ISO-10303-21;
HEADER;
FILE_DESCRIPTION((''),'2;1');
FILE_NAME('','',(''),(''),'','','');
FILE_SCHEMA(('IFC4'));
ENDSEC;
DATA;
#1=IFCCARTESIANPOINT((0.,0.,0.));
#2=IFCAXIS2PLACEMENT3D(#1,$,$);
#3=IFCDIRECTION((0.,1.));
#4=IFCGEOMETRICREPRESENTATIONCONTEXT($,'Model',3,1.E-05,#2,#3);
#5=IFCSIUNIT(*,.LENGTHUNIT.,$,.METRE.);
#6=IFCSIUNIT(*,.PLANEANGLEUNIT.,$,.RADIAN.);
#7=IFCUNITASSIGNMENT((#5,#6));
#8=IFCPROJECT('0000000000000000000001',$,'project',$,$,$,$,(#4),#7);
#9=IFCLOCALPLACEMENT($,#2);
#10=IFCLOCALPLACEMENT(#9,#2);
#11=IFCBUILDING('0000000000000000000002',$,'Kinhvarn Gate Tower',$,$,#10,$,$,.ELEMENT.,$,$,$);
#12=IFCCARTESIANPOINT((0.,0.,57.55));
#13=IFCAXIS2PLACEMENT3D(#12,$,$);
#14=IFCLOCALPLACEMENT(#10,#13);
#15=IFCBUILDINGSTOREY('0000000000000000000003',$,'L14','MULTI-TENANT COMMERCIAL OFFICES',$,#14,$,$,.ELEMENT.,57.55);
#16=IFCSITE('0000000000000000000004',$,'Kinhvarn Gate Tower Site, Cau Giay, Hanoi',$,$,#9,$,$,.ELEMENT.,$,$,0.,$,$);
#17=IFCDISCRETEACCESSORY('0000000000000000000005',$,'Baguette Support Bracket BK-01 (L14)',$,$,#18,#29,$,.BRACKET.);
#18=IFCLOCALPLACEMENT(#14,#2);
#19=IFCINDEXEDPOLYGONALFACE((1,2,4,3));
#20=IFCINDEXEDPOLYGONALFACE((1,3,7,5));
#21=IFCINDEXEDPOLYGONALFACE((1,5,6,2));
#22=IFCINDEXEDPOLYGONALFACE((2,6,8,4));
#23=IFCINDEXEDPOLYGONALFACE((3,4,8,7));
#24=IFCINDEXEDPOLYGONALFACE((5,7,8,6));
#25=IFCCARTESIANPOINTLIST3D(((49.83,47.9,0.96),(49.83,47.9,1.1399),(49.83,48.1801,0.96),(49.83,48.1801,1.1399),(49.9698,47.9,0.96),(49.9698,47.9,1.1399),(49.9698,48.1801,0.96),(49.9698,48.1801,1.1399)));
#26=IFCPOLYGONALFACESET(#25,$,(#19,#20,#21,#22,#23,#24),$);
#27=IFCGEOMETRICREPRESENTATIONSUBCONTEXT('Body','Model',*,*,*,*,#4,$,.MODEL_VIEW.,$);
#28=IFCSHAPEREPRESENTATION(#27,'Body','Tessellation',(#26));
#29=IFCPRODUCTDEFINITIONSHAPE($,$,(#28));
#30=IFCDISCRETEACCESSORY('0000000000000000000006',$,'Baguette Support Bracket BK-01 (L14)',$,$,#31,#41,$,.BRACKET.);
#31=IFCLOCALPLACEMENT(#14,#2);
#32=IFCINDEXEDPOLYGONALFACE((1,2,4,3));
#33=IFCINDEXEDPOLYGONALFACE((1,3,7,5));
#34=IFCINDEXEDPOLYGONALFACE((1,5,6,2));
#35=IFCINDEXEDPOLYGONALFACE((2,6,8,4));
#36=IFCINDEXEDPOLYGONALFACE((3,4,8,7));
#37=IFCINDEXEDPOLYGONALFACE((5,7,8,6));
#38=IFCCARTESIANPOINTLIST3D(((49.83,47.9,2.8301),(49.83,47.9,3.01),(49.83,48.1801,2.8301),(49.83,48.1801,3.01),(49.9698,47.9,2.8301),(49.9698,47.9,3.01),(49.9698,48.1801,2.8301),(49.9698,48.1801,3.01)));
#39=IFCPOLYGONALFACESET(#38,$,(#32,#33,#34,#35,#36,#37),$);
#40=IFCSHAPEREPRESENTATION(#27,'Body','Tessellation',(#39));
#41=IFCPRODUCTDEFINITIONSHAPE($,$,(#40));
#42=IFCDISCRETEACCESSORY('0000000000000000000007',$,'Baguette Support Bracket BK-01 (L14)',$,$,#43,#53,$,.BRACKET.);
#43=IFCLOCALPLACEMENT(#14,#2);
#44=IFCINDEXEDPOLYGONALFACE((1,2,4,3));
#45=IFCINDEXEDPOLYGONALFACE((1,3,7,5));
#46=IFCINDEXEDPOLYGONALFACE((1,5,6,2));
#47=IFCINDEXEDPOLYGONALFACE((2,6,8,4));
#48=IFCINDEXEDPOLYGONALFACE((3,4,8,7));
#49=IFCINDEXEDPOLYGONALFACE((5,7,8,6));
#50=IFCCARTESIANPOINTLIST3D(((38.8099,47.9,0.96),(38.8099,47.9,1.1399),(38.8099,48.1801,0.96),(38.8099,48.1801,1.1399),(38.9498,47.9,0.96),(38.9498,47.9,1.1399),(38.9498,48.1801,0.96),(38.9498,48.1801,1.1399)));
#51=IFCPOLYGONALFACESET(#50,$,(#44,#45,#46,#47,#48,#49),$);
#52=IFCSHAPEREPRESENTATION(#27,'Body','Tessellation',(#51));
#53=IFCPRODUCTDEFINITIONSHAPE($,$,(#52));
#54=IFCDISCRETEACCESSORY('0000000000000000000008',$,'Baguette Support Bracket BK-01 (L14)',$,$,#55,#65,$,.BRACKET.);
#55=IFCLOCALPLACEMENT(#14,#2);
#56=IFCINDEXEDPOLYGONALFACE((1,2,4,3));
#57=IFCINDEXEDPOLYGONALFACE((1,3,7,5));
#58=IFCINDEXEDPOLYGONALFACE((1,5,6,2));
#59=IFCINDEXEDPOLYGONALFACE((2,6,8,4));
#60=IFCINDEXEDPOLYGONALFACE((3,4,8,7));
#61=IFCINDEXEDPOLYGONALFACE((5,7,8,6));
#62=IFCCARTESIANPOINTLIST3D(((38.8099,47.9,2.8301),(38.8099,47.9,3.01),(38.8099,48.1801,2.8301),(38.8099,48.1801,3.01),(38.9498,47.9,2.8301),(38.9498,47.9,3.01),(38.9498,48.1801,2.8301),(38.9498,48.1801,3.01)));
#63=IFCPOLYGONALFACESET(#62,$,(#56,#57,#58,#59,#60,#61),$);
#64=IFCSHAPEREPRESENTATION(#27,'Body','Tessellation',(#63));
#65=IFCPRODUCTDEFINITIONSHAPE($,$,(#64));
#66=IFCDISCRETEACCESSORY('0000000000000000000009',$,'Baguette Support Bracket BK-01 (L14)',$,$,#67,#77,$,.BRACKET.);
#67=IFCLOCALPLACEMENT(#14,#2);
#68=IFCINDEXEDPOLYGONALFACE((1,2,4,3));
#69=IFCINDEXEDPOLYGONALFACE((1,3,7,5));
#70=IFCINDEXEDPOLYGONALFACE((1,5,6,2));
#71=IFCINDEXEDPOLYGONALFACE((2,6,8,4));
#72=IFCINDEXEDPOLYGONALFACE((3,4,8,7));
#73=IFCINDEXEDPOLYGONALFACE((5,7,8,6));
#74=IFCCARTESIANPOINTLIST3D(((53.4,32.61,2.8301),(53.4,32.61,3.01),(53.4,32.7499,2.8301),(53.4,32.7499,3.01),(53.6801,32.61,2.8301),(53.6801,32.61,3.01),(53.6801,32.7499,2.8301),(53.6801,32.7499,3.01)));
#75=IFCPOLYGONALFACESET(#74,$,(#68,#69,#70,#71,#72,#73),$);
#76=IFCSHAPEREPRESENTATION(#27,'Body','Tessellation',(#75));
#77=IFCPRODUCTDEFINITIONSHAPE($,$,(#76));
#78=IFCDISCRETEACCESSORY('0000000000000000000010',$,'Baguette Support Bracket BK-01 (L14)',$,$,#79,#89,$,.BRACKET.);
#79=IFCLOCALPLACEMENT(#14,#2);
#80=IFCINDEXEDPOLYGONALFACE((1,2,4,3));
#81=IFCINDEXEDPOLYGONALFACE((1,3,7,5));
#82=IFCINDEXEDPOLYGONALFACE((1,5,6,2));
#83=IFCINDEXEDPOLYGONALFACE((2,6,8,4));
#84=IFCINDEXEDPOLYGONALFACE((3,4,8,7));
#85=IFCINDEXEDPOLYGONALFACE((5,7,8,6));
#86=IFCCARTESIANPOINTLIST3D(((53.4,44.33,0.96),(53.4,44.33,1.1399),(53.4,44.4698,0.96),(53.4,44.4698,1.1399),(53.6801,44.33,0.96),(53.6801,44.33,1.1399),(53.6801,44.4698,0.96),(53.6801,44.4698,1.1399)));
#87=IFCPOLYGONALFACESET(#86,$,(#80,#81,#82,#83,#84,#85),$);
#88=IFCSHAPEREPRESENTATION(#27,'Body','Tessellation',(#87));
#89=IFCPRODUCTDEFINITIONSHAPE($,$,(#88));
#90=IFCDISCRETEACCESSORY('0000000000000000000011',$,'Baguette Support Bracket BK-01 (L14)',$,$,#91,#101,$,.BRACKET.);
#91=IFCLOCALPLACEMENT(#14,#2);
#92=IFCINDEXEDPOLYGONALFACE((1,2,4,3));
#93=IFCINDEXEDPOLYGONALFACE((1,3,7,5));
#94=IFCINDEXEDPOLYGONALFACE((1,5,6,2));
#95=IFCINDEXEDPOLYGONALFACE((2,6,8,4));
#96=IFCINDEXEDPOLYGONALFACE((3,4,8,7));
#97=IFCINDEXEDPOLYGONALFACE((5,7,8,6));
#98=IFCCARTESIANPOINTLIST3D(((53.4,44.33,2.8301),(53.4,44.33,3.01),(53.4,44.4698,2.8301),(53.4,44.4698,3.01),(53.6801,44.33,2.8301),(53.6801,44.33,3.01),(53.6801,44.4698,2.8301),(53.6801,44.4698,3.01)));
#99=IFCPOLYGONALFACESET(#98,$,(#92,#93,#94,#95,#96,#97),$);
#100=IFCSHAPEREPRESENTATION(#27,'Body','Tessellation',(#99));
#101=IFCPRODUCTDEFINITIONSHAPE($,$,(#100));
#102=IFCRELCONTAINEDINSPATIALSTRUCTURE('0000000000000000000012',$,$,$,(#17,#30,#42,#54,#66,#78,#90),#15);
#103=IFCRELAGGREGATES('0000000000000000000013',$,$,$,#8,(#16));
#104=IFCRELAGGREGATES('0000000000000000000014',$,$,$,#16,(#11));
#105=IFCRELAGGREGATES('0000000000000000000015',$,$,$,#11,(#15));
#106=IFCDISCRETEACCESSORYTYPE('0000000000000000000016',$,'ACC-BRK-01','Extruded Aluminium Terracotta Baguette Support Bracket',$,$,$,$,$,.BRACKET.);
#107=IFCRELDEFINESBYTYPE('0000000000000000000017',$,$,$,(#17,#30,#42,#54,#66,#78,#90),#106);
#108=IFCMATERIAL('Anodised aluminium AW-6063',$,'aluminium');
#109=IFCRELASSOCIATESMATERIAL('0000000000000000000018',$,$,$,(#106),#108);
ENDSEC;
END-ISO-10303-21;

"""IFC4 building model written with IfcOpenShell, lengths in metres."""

from ifc_helpers import new_model, si_unit, direction, frame, origin, origin_2d, place, context, subcontext, project, spatial, rectangle, extrude, material, type_object, element, save


model = new_model("IFC4")

# Units and contexts
model_context = context("Model", 3, precision=1e-05, world=origin(), true_north=direction((0.0, 1.0)))
body_context = subcontext(model_context, "Body", "Model", "MODEL_VIEW")
ifc_project = project(units=[si_unit("LENGTHUNIT", "METRE"), si_unit("PLANEANGLEUNIT", "RADIAN")], contexts=[model_context])

# Site, building, storey
site_placement = place(None, origin())
site = spatial("IfcSite", under=ifc_project, at=site_placement, Name="Kinhvarn Gate Tower Site, Cau Giay, Hanoi", CompositionType="ELEMENT", RefElevation=0.0)
building_placement = place(site_placement, origin())
building = spatial("IfcBuilding", under=site, at=building_placement, Name="Kinhvarn Gate Tower", CompositionType="ELEMENT")
storey_placement = place(building_placement, frame((0.0, 0.0, 57.55)))
storey = spatial("IfcBuildingStorey", under=building, at=storey_placement, Name="L14", Description="MULTI-TENANT COMMERCIAL OFFICES", CompositionType="ELEMENT", Elevation=57.55)

# Shared definitions
ifc_material_1 = material(Name="Anodised aluminium AW-6063", Category="aluminium")

# Discrete accessories
discrete_accessory_type = type_object("IfcDiscreteAccessoryType", Name="ACC-BRK-01", Description="Extruded Aluminium Terracotta Baguette Support Bracket", PredefinedType="BRACKET", material=ifc_material_1)
for number, where, z_axis, x_axis, name in (
    (1, (49.8999, 48.04, 0.96), (0.0, 0.0, 1.0), (-1.0, 0.0, 0.0), "Baguette Support Bracket BK-01 (L14)"),
    (2, (49.8999, 48.04, 2.8301), (0.0, 0.0, 1.0), (-1.0, 0.0, 0.0), "Baguette Support Bracket BK-01 (L14)"),
    (3, (38.8799, 48.04, 0.96), (0.0, 0.0, 1.0), (-1.0, 0.0, 0.0), "Baguette Support Bracket BK-01 (L14)"),
    (4, (38.8799, 48.04, 2.8301), (0.0, 0.0, 1.0), (-1.0, 0.0, 0.0), "Baguette Support Bracket BK-01 (L14)"),
    (5, (53.54, 32.6799, 2.8301), (0.0, 0.0, 1.0), (0.0, 1.0, 0.0), "Baguette Support Bracket BK-01 (L14)"),
    (6, (53.54, 44.3999, 0.96), (0.0, 0.0, 1.0), (0.0, 1.0, 0.0), "Baguette Support Bracket BK-01 (L14)"),
    (7, (53.54, 44.3999, 2.8301), (0.0, 0.0, 1.0), (0.0, 1.0, 0.0), "Baguette Support Bracket BK-01 (L14)"),
):
    element("IfcDiscreteAccessory", number, at=place(storey_placement, frame(where, z_axis=z_axis, x_axis=x_axis)), inside=storey, type_object=discrete_accessory_type, Name=name, PredefinedType="BRACKET", context=body_context, shape_type="SweptSolid", body=[
        extrude(rectangle(XDim=0.1399, YDim=0.28, at=origin_2d()), origin(), (0.0, 0.0, 1.0), 0.1799),
    ])

save(model, "model.ifc")
